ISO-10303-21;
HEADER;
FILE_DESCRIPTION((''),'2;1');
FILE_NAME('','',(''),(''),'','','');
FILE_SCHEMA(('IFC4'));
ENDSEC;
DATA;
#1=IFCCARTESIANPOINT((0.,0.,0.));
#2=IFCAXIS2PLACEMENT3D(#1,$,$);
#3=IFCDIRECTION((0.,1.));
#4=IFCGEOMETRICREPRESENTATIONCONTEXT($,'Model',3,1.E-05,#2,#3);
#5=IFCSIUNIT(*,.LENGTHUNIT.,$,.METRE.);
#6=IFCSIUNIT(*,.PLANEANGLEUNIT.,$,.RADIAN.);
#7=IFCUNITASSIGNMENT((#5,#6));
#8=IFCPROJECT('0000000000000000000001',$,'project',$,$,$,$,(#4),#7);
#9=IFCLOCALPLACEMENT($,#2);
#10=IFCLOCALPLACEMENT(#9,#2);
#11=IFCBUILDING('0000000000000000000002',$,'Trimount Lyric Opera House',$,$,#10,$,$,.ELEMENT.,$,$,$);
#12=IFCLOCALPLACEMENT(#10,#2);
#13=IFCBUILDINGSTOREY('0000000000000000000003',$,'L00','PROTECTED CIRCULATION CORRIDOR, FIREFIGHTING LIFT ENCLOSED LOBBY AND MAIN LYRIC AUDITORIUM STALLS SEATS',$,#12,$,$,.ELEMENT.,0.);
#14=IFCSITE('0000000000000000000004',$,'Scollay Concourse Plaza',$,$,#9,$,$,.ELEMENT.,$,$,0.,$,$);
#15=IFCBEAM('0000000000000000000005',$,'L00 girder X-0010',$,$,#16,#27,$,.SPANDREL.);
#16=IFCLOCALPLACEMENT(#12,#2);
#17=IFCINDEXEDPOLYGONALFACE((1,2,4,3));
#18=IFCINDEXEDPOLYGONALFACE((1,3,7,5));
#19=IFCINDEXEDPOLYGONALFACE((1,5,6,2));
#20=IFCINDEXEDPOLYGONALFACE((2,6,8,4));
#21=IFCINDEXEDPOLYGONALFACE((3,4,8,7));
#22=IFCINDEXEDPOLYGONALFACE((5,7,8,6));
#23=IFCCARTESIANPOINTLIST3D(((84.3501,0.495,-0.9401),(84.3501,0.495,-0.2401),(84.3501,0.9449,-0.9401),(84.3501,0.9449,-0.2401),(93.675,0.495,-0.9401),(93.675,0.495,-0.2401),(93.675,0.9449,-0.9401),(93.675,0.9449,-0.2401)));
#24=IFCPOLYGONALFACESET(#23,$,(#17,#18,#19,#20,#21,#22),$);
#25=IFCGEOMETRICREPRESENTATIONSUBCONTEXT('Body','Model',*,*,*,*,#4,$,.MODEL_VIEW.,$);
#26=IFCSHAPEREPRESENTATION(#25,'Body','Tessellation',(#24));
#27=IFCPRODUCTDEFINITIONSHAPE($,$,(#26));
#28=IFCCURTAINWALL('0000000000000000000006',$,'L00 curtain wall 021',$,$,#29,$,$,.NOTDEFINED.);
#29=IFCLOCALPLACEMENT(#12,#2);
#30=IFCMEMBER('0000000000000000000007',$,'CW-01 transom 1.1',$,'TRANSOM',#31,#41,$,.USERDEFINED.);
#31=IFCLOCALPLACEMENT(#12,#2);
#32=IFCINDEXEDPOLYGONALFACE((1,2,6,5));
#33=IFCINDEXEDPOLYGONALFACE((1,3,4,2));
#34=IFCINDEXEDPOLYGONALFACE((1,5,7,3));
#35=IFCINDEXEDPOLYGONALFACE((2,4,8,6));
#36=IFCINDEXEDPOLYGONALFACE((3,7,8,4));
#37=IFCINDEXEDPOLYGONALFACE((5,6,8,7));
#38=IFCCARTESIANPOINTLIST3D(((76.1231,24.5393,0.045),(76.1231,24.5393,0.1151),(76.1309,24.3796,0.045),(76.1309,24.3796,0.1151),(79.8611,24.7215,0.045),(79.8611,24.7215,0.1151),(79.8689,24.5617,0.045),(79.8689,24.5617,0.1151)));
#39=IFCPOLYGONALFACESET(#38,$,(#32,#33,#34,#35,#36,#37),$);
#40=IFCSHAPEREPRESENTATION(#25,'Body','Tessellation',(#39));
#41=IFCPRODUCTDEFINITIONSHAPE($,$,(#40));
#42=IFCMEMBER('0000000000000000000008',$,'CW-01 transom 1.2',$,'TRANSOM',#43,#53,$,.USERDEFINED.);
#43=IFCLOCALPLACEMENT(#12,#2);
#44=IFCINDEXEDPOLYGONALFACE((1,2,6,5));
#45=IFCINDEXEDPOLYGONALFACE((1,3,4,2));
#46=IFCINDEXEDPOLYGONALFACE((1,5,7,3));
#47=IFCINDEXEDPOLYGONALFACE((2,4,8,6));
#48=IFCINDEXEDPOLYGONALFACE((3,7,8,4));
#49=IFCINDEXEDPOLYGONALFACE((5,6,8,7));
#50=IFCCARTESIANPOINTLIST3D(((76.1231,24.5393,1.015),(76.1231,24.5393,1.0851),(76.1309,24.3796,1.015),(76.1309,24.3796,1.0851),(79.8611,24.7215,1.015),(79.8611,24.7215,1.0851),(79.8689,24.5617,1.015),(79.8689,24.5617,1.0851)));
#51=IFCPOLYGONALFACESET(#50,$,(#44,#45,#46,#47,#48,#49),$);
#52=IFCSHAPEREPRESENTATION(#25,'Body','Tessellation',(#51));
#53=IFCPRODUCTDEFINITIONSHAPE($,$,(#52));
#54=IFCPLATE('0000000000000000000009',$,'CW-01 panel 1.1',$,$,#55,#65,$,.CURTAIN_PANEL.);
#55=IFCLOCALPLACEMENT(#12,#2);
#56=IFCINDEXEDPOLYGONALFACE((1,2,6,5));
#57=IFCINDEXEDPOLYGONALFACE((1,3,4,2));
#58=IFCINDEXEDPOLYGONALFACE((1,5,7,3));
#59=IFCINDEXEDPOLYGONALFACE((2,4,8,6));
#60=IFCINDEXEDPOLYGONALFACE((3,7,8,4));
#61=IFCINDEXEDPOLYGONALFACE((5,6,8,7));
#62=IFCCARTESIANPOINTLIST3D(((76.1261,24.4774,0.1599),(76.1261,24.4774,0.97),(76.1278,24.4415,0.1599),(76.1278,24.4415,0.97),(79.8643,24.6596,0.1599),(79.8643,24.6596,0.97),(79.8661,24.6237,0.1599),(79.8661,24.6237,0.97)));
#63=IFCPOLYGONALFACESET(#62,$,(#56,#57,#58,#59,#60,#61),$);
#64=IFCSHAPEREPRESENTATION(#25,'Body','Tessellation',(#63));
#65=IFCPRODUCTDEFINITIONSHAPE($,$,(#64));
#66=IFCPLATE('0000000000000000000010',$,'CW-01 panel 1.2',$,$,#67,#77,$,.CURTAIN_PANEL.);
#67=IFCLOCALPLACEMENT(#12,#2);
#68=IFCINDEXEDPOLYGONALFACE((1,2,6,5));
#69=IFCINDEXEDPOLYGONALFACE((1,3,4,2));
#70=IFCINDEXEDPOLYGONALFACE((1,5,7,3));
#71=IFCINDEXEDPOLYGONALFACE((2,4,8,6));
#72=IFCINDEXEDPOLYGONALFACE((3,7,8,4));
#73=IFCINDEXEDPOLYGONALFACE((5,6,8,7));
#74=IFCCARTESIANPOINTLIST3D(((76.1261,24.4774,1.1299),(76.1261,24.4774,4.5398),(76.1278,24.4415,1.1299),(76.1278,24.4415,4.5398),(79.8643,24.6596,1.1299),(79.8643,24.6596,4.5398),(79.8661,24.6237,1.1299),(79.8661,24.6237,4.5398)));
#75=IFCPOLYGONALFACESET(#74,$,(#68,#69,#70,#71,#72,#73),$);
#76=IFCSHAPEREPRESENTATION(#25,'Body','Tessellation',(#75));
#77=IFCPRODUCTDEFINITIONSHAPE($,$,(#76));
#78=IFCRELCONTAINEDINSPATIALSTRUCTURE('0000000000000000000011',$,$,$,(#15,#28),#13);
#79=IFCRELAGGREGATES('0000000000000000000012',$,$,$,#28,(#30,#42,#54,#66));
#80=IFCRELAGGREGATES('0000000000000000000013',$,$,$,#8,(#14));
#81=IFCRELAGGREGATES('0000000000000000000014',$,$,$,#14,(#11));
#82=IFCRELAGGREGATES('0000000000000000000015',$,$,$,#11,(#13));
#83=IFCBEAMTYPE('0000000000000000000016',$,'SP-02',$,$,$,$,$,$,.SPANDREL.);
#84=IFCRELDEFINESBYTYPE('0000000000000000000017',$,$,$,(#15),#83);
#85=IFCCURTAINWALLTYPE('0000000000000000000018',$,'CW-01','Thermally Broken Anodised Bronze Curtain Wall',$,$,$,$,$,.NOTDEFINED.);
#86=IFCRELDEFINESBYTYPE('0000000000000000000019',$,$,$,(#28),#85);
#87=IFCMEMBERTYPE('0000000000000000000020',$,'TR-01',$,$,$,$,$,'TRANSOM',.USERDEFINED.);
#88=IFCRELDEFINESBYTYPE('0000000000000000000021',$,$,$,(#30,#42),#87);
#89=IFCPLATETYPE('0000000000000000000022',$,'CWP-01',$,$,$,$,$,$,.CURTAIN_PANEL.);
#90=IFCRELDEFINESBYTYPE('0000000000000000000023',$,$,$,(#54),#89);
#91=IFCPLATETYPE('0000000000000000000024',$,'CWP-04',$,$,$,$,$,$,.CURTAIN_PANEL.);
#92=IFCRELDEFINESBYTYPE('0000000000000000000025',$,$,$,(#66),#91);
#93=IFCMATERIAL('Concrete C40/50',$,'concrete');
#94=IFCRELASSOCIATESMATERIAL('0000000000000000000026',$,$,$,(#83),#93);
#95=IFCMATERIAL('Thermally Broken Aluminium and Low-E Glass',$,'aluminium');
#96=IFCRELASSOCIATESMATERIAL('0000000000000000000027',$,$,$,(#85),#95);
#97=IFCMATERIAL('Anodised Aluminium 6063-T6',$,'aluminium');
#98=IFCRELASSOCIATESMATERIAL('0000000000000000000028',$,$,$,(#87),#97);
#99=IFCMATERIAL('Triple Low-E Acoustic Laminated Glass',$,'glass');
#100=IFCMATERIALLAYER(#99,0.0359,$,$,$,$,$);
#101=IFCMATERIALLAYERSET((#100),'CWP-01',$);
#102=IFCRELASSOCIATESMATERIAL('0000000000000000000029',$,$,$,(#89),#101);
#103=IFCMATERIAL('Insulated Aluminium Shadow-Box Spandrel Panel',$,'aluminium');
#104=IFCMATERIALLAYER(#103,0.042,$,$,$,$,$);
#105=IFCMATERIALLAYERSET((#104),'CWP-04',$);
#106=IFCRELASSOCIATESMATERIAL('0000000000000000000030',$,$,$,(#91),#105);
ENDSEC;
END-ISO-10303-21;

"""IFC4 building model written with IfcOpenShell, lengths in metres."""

from ifc_helpers import new_model, si_unit, direction, frame, origin, origin_2d, place, context, subcontext, project, spatial, rectangle, extrude, material, layer, layer_set, material_profile, profile_set, type_object, element, aggregate, save


model = new_model("IFC4")

# Units and contexts
model_context = context("Model", 3, precision=1e-05, world=origin(), true_north=direction((0.0, 1.0)))
body_context = subcontext(model_context, "Body", "Model", "MODEL_VIEW")
ifc_project = project(units=[si_unit("LENGTHUNIT", "METRE"), si_unit("PLANEANGLEUNIT", "RADIAN")], contexts=[model_context])

# Site, building, storey
site_placement = place(None, origin())
site = spatial("IfcSite", under=ifc_project, at=site_placement, Name="Scollay Concourse Plaza", CompositionType="ELEMENT", RefElevation=0.0)
building_placement = place(site_placement, origin())
building = spatial("IfcBuilding", under=site, at=building_placement, Name="Trimount Lyric Opera House", CompositionType="ELEMENT")
storey_placement = place(building_placement, origin())
storey = spatial("IfcBuildingStorey", under=building, at=storey_placement, Name="L00", Description="PROTECTED CIRCULATION CORRIDOR, FIREFIGHTING LIFT ENCLOSED LOBBY AND MAIN LYRIC AUDITORIUM STALLS SEATS", CompositionType="ELEMENT", Elevation=0.0)

# Beam
ifc_material_1 = material(Name="Concrete C40/50", Category="concrete")
ifc_material_profile_1 = material_profile(ifc_material_1, rectangle(XDim=0.45, YDim=0.7, at=origin_2d()), Name="RC450X700")
ifc_profile_set_1 = profile_set([ifc_material_profile_1], Name="Concrete C40/50")
beam_type_1 = type_object("IfcBeamType", Name="SP-02", PredefinedType="SPANDREL", material=ifc_profile_set_1)
beam_1_placement = place(storey_placement, frame((84.3501, 0.72, -0.5901), z_axis=(1.0, 0.0, 0.0), x_axis=(0.0, 1.0, 0.0)))
element("IfcBeam", 1, at=beam_1_placement, inside=storey, type_object=beam_type_1, Name="L00 girder X-0010", PredefinedType="SPANDREL", context=body_context, shape_type="SweptSolid", body=[
    extrude(rectangle(XDim=0.45, YDim=0.7, at=origin_2d()), origin(), (0.0, 0.0, 1.0), 9.325),
])

# Curtain wall, members, plates
ifc_material_2 = material(Name="Thermally Broken Aluminium and Low-E Glass", Category="aluminium")
curtain_wall_type = type_object("IfcCurtainWallType", Name="CW-01", Description="Thermally Broken Anodised Bronze Curtain Wall", PredefinedType="NOTDEFINED", material=ifc_material_2)
curtain_wall_placement = place(storey_placement, origin())
curtain_wall = element("IfcCurtainWall", 2, at=curtain_wall_placement, inside=storey, type_object=curtain_wall_type, Name="L00 curtain wall 021", PredefinedType="NOTDEFINED")
ifc_material_3 = material(Name="Anodised Aluminium 6063-T6", Category="aluminium")
ifc_material_profile_2 = material_profile(ifc_material_3, rectangle(XDim=0.1599, YDim=0.0701, at=origin_2d()), Name="ALU-TRAN-70X160")
ifc_profile_set_2 = profile_set([ifc_material_profile_2], Name="Anodised Aluminium 6063-T6")
member_type = type_object("IfcMemberType", Name="TR-01", ElementType="TRANSOM", PredefinedType="USERDEFINED", material=ifc_profile_set_2)
member_1_placement = place(storey_placement, frame((79.865, 24.6416, 0.0801), z_axis=(-0.998815, -0.048665, 0.0), x_axis=(0.048665, -0.998815, 0.0)))
member_1 = element("IfcMember", 3, at=member_1_placement, type_object=member_type, Name="CW-01 transom 1.1", ObjectType="TRANSOM", PredefinedType="USERDEFINED", context=body_context, shape_type="SweptSolid", body=[
    extrude(rectangle(XDim=0.1599, YDim=0.0701, at=origin_2d()), origin(), (0.0, 0.0, 1.0), 3.7424),
])
member_2_placement = place(storey_placement, frame((79.865, 24.6416, 1.05), z_axis=(-0.998815, -0.048665, 0.0), x_axis=(0.048665, -0.998815, 0.0)))
member_2 = element("IfcMember", 4, at=member_2_placement, type_object=member_type, Name="CW-01 transom 1.2", ObjectType="TRANSOM", PredefinedType="USERDEFINED", context=body_context, shape_type="SweptSolid", body=[
    extrude(rectangle(XDim=0.1599, YDim=0.0701, at=origin_2d()), origin(), (0.0, 0.0, 1.0), 3.7424),
])
ifc_material_4 = material(Name="Triple Low-E Acoustic Laminated Glass", Category="glass")
ifc_layer_1 = layer(ifc_material_4, 0.0359)
ifc_layer_set_1 = layer_set([ifc_layer_1], Name="CWP-01")
plate_type_1 = type_object("IfcPlateType", Name="CWP-01", PredefinedType="CURTAIN_PANEL", material=ifc_layer_set_1)
plate_1_placement = place(storey_placement, frame((77.9961, 24.5505, 0.1599), z_axis=(0.0, 0.0, 1.0), x_axis=(-0.998814, -0.048679, 0.0)))
plate_1 = element("IfcPlate", 5, at=plate_1_placement, type_object=plate_type_1, Name="CW-01 panel 1.1", PredefinedType="CURTAIN_PANEL", context=body_context, shape_type="SweptSolid", body=[
    extrude(rectangle(XDim=3.7427, YDim=0.0359, at=origin_2d()), origin(), (0.0, 0.0, 1.0), 0.8101),
])
ifc_material_5 = material(Name="Insulated Aluminium Shadow-Box Spandrel Panel", Category="aluminium")
ifc_layer_2 = layer(ifc_material_5, 0.042)
ifc_layer_set_2 = layer_set([ifc_layer_2], Name="CWP-04")
plate_type_2 = type_object("IfcPlateType", Name="CWP-04", PredefinedType="CURTAIN_PANEL", material=ifc_layer_set_2)
plate_2_placement = place(storey_placement, frame((77.9961, 24.5505, 1.1299), z_axis=(0.0, 0.0, 1.0), x_axis=(-0.998814, -0.048679, 0.0)))
plate_2 = element("IfcPlate", 6, at=plate_2_placement, type_object=plate_type_2, Name="CW-01 panel 1.2", PredefinedType="CURTAIN_PANEL", context=body_context, shape_type="SweptSolid", body=[
    extrude(rectangle(XDim=3.7427, YDim=0.0359, at=origin_2d()), origin(), (0.0, 0.0, 1.0), 3.4099),
])
aggregate(curtain_wall, [member_1, member_2, plate_1, plate_2])

save(model, "model.ifc")
